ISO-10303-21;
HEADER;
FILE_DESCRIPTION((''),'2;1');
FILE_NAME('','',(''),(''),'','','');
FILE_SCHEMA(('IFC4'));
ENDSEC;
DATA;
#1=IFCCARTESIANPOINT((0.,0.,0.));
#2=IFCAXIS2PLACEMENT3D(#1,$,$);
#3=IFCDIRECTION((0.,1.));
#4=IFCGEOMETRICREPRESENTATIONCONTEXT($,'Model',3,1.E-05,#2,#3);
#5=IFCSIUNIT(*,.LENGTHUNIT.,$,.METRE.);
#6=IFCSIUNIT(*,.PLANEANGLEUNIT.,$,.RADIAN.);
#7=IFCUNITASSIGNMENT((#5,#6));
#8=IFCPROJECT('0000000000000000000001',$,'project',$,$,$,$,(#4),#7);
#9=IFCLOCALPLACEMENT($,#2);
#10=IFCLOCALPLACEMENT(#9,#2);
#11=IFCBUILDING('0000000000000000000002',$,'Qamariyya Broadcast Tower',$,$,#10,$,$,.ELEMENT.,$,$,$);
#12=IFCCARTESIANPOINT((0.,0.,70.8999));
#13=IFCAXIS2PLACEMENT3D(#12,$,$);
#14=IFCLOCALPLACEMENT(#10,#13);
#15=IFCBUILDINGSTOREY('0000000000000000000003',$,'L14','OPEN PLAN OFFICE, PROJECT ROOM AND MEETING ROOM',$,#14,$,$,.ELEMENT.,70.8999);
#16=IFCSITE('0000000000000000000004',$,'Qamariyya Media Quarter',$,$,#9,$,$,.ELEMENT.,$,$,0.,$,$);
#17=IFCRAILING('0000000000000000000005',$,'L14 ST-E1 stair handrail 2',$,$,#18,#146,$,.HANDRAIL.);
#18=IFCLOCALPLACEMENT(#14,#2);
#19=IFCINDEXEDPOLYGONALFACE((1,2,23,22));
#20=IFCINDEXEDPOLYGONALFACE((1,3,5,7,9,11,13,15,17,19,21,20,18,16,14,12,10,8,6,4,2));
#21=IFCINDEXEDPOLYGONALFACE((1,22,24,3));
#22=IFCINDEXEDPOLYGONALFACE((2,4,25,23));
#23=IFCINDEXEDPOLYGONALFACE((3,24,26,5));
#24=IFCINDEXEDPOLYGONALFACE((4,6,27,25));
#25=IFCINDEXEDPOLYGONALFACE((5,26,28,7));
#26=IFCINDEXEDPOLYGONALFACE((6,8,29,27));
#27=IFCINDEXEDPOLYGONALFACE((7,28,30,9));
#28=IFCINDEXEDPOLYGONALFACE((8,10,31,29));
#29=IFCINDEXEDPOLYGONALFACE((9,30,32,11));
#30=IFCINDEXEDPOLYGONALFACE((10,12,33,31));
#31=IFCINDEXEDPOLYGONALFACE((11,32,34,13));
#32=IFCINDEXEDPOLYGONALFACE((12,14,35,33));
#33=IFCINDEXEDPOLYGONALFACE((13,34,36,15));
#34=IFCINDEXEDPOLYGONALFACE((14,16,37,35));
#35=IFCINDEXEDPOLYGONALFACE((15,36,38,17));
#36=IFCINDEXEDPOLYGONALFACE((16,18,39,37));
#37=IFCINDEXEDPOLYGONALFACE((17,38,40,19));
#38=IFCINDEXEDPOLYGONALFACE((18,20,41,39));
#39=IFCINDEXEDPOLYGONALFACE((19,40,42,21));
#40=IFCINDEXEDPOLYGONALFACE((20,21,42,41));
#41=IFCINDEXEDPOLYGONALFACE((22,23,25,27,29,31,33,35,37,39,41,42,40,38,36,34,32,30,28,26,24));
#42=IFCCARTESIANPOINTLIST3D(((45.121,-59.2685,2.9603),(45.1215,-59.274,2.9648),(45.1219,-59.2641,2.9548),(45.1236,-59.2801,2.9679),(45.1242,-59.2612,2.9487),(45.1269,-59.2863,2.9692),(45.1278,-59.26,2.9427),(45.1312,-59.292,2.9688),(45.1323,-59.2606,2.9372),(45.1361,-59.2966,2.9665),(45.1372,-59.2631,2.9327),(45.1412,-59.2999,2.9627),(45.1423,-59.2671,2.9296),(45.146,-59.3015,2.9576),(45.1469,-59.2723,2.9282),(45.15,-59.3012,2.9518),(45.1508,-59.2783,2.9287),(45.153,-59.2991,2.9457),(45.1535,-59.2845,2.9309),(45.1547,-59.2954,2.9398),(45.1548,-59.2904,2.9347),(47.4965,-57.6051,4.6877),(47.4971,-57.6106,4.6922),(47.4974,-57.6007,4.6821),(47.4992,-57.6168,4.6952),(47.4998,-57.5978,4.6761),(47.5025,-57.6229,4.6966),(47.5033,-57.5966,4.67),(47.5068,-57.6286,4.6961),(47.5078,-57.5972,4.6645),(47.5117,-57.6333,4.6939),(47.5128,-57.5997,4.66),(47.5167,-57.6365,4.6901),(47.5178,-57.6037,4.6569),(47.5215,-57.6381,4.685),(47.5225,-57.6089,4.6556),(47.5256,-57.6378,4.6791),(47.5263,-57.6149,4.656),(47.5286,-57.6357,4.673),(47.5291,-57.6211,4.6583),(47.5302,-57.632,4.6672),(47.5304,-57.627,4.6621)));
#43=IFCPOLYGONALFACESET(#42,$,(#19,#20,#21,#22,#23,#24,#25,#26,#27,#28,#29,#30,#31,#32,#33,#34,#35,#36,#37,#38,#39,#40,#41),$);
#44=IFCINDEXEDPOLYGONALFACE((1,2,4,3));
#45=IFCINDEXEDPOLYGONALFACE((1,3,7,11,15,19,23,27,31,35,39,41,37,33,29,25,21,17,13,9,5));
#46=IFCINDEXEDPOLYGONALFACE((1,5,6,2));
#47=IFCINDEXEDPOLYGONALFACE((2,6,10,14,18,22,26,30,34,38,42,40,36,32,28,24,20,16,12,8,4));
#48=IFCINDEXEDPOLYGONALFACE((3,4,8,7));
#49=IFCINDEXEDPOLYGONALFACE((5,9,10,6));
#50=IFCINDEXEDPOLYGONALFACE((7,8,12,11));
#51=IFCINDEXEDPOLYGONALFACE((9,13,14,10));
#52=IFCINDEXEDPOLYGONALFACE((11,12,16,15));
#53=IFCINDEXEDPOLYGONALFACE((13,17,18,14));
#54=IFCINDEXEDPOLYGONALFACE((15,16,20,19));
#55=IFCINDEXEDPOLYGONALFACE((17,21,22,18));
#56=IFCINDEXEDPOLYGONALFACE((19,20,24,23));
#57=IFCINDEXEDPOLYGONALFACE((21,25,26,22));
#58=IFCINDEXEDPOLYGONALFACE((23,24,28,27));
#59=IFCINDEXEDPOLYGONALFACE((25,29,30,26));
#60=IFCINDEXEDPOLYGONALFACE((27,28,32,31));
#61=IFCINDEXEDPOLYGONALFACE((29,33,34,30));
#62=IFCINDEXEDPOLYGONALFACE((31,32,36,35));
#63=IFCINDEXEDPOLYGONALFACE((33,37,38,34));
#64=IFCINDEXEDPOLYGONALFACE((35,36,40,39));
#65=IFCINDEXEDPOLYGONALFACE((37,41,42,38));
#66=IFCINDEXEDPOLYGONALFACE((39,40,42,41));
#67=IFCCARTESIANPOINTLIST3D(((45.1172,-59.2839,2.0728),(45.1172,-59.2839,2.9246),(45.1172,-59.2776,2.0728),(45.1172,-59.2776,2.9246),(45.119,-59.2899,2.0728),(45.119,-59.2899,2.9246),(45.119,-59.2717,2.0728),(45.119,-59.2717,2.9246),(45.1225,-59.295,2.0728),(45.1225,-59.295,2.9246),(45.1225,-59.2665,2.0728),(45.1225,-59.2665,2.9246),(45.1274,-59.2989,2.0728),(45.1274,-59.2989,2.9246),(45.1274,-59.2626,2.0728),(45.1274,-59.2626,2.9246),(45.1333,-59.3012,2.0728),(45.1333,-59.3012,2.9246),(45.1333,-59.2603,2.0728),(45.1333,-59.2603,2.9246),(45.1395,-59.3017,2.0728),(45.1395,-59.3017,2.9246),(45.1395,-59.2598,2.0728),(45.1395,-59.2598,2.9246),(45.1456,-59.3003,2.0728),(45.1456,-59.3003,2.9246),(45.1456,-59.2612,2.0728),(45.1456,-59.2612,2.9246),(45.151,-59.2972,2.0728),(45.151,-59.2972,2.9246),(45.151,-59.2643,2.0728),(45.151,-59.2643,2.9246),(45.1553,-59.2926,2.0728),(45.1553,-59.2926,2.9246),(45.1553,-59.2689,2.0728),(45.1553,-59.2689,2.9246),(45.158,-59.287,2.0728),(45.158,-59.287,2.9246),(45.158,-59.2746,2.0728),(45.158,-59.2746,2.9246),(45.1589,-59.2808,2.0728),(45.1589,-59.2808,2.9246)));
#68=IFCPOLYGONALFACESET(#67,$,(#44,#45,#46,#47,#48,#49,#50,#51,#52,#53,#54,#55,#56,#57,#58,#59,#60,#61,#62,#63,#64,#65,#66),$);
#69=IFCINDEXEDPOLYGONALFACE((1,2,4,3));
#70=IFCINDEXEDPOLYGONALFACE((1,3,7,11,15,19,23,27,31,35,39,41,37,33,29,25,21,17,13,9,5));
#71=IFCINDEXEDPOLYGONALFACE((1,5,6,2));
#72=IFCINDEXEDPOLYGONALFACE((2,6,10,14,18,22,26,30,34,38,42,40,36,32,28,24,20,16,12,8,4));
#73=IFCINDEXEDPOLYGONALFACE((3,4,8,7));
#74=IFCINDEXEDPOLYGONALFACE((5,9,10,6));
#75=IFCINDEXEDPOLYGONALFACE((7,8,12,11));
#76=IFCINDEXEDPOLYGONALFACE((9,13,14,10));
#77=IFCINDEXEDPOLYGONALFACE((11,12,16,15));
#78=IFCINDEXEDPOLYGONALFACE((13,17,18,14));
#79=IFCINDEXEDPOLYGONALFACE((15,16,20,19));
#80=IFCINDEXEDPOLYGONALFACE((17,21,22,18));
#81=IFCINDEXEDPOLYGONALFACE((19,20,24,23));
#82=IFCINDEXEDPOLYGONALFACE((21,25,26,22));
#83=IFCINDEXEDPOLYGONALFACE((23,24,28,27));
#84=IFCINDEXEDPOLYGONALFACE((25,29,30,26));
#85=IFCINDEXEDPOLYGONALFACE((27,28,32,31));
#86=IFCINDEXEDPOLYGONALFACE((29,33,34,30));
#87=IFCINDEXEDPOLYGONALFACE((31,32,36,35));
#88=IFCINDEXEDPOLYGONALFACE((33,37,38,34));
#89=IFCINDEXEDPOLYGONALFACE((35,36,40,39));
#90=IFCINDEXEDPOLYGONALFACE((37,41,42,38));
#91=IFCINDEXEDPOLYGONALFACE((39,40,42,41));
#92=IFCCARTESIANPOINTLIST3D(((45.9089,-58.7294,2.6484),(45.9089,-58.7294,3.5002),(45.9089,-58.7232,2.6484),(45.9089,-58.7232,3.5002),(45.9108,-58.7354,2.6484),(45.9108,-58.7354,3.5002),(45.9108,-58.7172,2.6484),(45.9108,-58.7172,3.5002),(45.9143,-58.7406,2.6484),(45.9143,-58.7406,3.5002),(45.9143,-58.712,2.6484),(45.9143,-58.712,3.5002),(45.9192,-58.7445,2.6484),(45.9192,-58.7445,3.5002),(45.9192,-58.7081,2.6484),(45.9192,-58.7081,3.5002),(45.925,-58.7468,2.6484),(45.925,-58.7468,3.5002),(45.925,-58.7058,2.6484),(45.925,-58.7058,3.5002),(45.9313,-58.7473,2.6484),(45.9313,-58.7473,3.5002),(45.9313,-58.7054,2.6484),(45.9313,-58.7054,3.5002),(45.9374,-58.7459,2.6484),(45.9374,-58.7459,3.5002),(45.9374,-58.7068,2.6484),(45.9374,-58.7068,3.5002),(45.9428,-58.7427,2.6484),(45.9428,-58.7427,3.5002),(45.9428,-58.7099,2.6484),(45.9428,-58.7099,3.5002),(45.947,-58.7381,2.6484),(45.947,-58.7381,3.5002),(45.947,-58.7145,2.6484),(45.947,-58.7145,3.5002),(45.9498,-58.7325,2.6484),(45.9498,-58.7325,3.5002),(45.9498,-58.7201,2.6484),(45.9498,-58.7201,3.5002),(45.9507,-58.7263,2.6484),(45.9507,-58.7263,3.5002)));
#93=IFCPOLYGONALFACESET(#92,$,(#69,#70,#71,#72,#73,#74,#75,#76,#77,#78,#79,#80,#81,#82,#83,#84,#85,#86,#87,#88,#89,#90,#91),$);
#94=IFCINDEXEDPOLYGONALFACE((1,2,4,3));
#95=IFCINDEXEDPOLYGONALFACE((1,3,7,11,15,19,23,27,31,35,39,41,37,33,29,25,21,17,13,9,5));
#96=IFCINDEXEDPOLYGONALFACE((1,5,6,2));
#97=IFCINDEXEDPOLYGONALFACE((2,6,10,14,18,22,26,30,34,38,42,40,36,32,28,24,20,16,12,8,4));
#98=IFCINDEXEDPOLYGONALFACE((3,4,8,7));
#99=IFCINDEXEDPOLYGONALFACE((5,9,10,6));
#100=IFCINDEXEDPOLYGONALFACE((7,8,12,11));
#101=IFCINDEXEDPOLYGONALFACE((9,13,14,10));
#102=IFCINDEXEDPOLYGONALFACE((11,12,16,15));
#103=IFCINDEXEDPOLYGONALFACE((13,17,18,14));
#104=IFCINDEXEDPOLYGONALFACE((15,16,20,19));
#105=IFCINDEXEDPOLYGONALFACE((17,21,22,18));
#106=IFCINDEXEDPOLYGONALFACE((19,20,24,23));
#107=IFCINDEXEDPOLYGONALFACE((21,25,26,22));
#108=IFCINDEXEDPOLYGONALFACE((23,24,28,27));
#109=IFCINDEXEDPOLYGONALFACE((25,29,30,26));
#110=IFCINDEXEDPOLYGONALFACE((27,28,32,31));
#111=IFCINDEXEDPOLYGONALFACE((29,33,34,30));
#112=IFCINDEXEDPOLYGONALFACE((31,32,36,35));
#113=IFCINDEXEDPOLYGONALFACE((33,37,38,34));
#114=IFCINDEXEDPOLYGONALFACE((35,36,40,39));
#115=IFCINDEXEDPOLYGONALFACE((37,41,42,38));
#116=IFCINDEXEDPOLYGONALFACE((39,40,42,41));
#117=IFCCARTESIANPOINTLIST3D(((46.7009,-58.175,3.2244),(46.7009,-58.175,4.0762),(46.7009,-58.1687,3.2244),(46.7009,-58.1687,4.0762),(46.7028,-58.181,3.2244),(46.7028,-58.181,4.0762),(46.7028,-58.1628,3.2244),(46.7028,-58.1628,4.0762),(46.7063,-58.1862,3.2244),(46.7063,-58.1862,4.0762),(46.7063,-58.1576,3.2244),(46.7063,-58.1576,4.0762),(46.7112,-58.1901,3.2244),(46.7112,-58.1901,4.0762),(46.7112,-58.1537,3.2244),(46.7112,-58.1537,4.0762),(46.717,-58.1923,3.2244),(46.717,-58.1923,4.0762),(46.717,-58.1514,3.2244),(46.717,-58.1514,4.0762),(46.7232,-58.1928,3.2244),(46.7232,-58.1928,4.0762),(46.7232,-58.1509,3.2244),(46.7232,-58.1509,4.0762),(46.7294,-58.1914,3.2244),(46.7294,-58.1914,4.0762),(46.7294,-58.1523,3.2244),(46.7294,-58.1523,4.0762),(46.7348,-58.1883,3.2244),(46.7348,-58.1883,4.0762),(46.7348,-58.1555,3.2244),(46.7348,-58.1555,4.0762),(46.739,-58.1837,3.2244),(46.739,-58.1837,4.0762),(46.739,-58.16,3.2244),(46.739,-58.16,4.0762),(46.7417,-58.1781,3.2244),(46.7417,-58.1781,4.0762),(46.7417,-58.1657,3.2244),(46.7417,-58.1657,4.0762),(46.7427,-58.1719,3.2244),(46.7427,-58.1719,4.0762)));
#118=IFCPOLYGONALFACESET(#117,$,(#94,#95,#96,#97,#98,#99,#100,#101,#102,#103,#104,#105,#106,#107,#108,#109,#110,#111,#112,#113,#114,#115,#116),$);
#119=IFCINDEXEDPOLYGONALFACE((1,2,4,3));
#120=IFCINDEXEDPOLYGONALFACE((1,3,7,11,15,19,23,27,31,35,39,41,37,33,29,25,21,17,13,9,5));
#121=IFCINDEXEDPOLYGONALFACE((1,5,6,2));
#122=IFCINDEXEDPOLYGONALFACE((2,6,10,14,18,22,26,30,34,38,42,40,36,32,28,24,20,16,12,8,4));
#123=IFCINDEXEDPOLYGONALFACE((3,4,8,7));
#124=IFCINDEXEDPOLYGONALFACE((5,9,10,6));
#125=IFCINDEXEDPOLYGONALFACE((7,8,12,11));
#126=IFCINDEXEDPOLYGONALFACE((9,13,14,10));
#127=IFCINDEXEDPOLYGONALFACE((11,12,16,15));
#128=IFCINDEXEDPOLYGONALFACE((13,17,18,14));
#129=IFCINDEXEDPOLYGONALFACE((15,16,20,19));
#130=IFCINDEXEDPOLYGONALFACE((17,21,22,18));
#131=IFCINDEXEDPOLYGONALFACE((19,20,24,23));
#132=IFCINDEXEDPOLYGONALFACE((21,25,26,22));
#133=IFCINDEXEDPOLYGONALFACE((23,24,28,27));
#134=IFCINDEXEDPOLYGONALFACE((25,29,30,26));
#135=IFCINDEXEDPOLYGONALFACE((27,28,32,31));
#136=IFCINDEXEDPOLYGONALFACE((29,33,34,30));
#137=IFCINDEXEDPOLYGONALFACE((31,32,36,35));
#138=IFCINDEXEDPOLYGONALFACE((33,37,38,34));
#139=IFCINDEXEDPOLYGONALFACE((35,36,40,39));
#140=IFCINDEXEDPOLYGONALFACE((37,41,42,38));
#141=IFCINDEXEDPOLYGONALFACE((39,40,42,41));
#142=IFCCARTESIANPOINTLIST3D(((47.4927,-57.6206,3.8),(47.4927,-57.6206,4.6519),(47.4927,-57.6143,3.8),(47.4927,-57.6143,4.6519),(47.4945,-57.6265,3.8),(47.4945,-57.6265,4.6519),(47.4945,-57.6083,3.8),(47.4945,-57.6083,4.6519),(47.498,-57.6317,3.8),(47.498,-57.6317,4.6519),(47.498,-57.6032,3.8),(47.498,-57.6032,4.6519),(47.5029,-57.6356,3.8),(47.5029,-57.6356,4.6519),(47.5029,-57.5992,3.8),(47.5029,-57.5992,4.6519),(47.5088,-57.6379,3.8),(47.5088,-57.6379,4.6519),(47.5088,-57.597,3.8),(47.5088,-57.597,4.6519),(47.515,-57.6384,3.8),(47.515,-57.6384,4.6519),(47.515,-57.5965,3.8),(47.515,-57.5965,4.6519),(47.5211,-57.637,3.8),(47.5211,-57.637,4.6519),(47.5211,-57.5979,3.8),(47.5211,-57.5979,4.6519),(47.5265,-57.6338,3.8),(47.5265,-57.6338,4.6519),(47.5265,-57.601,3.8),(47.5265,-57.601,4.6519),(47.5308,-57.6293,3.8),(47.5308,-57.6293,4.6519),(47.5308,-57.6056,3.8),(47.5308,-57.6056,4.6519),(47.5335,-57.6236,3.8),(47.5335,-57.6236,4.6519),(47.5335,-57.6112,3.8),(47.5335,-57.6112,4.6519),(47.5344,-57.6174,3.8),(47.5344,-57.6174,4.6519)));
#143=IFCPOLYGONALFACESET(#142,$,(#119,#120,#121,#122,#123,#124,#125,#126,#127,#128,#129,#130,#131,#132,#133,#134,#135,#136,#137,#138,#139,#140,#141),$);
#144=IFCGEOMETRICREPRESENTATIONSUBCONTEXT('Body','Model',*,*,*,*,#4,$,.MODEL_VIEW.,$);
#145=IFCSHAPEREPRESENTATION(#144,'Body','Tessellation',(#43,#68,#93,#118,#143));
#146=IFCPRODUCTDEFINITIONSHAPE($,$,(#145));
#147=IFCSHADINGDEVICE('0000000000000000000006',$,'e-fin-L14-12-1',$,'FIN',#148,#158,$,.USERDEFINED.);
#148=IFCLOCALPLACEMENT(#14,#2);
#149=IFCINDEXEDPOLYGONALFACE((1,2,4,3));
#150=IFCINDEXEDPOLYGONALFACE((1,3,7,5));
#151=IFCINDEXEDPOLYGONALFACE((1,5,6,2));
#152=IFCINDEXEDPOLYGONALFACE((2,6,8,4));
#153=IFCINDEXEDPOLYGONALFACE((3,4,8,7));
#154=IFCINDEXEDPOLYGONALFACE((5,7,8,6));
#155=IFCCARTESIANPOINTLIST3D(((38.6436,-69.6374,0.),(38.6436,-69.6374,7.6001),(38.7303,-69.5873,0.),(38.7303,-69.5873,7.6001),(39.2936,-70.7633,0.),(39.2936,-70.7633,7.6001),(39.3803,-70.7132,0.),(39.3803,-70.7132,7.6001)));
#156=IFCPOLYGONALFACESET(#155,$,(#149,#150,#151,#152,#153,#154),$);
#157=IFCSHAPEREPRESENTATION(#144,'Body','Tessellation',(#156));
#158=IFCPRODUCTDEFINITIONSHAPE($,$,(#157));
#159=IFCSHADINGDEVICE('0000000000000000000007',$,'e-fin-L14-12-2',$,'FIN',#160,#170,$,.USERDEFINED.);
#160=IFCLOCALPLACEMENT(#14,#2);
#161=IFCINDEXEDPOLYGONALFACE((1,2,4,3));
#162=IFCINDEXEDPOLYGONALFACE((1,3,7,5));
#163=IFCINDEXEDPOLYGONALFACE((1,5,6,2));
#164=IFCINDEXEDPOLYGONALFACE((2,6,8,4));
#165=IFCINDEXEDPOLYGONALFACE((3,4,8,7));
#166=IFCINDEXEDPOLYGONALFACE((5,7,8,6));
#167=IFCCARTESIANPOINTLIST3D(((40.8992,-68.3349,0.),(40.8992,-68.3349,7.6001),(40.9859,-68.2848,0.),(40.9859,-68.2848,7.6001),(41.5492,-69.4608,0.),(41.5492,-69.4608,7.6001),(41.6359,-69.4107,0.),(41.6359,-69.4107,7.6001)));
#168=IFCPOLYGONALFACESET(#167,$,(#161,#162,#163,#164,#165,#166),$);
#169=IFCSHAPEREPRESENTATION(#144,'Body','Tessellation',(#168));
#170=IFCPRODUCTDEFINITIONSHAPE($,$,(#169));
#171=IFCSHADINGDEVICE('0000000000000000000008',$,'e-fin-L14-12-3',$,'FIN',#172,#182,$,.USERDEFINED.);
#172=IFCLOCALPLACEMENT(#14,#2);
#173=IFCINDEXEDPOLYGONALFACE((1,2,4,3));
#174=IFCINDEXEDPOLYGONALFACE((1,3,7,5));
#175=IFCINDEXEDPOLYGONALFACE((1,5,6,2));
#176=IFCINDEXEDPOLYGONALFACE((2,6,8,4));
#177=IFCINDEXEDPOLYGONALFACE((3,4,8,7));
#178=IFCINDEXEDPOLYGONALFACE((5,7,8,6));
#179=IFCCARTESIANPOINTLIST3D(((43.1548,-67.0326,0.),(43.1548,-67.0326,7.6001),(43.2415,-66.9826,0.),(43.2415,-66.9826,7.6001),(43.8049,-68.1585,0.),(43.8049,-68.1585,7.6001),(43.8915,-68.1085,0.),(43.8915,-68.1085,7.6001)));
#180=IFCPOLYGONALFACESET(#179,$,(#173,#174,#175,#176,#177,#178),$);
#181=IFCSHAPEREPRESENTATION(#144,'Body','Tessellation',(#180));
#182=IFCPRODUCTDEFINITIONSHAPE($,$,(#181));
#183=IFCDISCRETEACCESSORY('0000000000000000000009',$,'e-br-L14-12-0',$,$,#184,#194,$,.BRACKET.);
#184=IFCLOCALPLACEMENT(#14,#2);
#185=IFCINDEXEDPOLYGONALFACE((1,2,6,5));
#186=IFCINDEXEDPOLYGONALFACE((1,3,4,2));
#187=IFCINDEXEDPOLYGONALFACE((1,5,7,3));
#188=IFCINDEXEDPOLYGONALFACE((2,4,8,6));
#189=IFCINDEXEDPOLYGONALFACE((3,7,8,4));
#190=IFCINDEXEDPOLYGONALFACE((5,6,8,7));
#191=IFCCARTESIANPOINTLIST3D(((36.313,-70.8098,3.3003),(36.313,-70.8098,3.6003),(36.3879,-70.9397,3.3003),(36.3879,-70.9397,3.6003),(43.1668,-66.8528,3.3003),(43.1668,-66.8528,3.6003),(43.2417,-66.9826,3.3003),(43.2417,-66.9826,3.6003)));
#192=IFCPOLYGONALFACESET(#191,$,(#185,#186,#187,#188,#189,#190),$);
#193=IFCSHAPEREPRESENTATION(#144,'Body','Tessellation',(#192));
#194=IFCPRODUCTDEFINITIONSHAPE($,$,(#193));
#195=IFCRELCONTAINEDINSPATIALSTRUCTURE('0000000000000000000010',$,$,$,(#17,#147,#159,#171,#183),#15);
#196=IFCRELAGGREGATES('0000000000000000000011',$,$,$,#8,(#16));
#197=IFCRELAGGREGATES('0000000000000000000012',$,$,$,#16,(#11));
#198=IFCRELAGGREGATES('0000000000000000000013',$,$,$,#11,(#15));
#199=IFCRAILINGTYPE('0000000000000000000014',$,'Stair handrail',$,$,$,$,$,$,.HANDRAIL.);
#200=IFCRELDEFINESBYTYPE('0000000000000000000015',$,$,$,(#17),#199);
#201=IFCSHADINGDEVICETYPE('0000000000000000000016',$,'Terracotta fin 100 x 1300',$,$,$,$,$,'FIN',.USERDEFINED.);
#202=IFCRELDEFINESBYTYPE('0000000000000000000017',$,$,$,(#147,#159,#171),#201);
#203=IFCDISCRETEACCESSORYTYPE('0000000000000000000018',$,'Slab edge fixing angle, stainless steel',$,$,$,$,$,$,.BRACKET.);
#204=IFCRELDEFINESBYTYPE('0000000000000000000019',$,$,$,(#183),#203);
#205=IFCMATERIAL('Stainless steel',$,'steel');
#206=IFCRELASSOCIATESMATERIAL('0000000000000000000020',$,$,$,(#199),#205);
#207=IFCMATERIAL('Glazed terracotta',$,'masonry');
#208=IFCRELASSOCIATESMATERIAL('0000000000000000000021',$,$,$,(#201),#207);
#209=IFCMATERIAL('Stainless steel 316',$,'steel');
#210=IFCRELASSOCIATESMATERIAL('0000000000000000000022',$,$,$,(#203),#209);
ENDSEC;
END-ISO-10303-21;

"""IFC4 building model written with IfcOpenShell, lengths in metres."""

from ifc_helpers import new_model, si_unit, direction, frame, origin, origin_2d, place, context, subcontext, project, spatial, rectangle, circle, extrude, material, material_profile, profile_set, type_object, element, save


model = new_model("IFC4")

# Units and contexts
model_context = context("Model", 3, precision=1e-05, world=origin(), true_north=direction((0.0, 1.0)))
body_context = subcontext(model_context, "Body", "Model", "MODEL_VIEW")
ifc_project = project(units=[si_unit("LENGTHUNIT", "METRE"), si_unit("PLANEANGLEUNIT", "RADIAN")], contexts=[model_context])

# Site, building, storey
site_placement = place(None, origin())
site = spatial("IfcSite", under=ifc_project, at=site_placement, Name="Qamariyya Media Quarter", CompositionType="ELEMENT", RefElevation=0.0)
building_placement = place(site_placement, origin())
building = spatial("IfcBuilding", under=site, at=building_placement, Name="Qamariyya Broadcast Tower", CompositionType="ELEMENT")
storey_placement = place(building_placement, frame((0.0, 0.0, 70.8999)))
storey = spatial("IfcBuildingStorey", under=building, at=storey_placement, Name="L14", Description="OPEN PLAN OFFICE, PROJECT ROOM AND MEETING ROOM", CompositionType="ELEMENT", Elevation=70.8999)

# Railing
ifc_material_1 = material(Name="Stainless steel", Category="steel")
railing_type_1 = type_object("IfcRailingType", Name="Stair handrail", PredefinedType="HANDRAIL", material=ifc_material_1)
railing_1_placement = place(storey_placement, frame((45.1379, -59.2808, 2.0728)))
element("IfcRailing", 1, at=railing_1_placement, inside=storey, type_object=railing_type_1, Name="L14 ST-E1 stair handrail 2", PredefinedType="HANDRAIL", context=body_context, shape_type="SweptSolid", body=[
    extrude(circle(Radius=0.0239, at=origin_2d()), frame((0.0, 0.0, 0.876), z_axis=(0.70377, 0.492784, 0.511734), x_axis=(-0.573575, 0.819153, 0.0)), (0.0, 0.0, 1.0), 3.3755),
    extrude(circle(Radius=0.021, at=origin_2d()), origin(), (0.0, 0.0, 1.0), 0.8518),
    extrude(circle(Radius=0.021, at=origin_2d()), frame((0.7917, 0.5544, 0.5757)), (0.0, 0.0, 1.0), 0.8518),
    extrude(circle(Radius=0.021, at=origin_2d()), frame((1.5837, 1.1089, 1.1516)), (0.0, 0.0, 1.0), 0.8518),
    extrude(circle(Radius=0.021, at=origin_2d()), frame((2.3755, 1.6633, 1.7273)), (0.0, 0.0, 1.0), 0.8518),
])

# Shading devices
ifc_material_2 = material(Name="Glazed terracotta", Category="masonry")
ifc_material_profile_1 = material_profile(ifc_material_2, rectangle(XDim=1.3, YDim=0.1001, at=origin_2d()))
ifc_profile_set_1 = profile_set([ifc_material_profile_1], Name="Glazed terracotta")
shading_device_type = type_object("IfcShadingDeviceType", Name="Terracotta fin 100 x 1300", ElementType="FIN", PredefinedType="USERDEFINED", material=ifc_profile_set_1)
for number, where, z_axis, x_axis, name in (
    (2, (39.012, -70.1753, 0.0), (0.0, 0.0, 1.0), (0.5, -0.866025, 0.0), "e-fin-L14-12-1"),
    (3, (41.2676, -68.8728, 0.0), (0.0, 0.0, 1.0), (0.5, -0.866025, 0.0), "e-fin-L14-12-2"),
    (4, (43.5232, -67.5706, 0.0), (0.0, 0.0, 1.0), (0.5, -0.866025, 0.0), "e-fin-L14-12-3"),
):
    element("IfcShadingDevice", number, at=place(storey_placement, frame(where, z_axis=z_axis, x_axis=x_axis)), inside=storey, type_object=shading_device_type, Name=name, ObjectType="FIN", PredefinedType="USERDEFINED", context=body_context, shape_type="SweptSolid", body=[
        extrude(rectangle(XDim=1.3, YDim=0.1001, at=origin_2d()), origin(), (0.0, 0.0, 1.0), 7.6001),
    ])

# Discrete accessory
ifc_material_3 = material(Name="Stainless steel 316", Category="steel")
discrete_accessory_type = type_object("IfcDiscreteAccessoryType", Name="Slab edge fixing angle, stainless steel", PredefinedType="BRACKET", material=ifc_material_3)
discrete_accessory_placement = place(storey_placement, frame((39.7773, -68.8962, 3.3003), z_axis=(0.0, 0.0, 1.0), x_axis=(0.866025, 0.5, 0.0)))
element("IfcDiscreteAccessory", 5, at=discrete_accessory_placement, inside=storey, type_object=discrete_accessory_type, Name="e-br-L14-12-0", PredefinedType="BRACKET", context=body_context, shape_type="SweptSolid", body=[
    extrude(rectangle(XDim=7.9141, YDim=0.1499, at=origin_2d()), origin(), (0.0, 0.0, 1.0), 0.3),
])

save(model, "model.ifc")
